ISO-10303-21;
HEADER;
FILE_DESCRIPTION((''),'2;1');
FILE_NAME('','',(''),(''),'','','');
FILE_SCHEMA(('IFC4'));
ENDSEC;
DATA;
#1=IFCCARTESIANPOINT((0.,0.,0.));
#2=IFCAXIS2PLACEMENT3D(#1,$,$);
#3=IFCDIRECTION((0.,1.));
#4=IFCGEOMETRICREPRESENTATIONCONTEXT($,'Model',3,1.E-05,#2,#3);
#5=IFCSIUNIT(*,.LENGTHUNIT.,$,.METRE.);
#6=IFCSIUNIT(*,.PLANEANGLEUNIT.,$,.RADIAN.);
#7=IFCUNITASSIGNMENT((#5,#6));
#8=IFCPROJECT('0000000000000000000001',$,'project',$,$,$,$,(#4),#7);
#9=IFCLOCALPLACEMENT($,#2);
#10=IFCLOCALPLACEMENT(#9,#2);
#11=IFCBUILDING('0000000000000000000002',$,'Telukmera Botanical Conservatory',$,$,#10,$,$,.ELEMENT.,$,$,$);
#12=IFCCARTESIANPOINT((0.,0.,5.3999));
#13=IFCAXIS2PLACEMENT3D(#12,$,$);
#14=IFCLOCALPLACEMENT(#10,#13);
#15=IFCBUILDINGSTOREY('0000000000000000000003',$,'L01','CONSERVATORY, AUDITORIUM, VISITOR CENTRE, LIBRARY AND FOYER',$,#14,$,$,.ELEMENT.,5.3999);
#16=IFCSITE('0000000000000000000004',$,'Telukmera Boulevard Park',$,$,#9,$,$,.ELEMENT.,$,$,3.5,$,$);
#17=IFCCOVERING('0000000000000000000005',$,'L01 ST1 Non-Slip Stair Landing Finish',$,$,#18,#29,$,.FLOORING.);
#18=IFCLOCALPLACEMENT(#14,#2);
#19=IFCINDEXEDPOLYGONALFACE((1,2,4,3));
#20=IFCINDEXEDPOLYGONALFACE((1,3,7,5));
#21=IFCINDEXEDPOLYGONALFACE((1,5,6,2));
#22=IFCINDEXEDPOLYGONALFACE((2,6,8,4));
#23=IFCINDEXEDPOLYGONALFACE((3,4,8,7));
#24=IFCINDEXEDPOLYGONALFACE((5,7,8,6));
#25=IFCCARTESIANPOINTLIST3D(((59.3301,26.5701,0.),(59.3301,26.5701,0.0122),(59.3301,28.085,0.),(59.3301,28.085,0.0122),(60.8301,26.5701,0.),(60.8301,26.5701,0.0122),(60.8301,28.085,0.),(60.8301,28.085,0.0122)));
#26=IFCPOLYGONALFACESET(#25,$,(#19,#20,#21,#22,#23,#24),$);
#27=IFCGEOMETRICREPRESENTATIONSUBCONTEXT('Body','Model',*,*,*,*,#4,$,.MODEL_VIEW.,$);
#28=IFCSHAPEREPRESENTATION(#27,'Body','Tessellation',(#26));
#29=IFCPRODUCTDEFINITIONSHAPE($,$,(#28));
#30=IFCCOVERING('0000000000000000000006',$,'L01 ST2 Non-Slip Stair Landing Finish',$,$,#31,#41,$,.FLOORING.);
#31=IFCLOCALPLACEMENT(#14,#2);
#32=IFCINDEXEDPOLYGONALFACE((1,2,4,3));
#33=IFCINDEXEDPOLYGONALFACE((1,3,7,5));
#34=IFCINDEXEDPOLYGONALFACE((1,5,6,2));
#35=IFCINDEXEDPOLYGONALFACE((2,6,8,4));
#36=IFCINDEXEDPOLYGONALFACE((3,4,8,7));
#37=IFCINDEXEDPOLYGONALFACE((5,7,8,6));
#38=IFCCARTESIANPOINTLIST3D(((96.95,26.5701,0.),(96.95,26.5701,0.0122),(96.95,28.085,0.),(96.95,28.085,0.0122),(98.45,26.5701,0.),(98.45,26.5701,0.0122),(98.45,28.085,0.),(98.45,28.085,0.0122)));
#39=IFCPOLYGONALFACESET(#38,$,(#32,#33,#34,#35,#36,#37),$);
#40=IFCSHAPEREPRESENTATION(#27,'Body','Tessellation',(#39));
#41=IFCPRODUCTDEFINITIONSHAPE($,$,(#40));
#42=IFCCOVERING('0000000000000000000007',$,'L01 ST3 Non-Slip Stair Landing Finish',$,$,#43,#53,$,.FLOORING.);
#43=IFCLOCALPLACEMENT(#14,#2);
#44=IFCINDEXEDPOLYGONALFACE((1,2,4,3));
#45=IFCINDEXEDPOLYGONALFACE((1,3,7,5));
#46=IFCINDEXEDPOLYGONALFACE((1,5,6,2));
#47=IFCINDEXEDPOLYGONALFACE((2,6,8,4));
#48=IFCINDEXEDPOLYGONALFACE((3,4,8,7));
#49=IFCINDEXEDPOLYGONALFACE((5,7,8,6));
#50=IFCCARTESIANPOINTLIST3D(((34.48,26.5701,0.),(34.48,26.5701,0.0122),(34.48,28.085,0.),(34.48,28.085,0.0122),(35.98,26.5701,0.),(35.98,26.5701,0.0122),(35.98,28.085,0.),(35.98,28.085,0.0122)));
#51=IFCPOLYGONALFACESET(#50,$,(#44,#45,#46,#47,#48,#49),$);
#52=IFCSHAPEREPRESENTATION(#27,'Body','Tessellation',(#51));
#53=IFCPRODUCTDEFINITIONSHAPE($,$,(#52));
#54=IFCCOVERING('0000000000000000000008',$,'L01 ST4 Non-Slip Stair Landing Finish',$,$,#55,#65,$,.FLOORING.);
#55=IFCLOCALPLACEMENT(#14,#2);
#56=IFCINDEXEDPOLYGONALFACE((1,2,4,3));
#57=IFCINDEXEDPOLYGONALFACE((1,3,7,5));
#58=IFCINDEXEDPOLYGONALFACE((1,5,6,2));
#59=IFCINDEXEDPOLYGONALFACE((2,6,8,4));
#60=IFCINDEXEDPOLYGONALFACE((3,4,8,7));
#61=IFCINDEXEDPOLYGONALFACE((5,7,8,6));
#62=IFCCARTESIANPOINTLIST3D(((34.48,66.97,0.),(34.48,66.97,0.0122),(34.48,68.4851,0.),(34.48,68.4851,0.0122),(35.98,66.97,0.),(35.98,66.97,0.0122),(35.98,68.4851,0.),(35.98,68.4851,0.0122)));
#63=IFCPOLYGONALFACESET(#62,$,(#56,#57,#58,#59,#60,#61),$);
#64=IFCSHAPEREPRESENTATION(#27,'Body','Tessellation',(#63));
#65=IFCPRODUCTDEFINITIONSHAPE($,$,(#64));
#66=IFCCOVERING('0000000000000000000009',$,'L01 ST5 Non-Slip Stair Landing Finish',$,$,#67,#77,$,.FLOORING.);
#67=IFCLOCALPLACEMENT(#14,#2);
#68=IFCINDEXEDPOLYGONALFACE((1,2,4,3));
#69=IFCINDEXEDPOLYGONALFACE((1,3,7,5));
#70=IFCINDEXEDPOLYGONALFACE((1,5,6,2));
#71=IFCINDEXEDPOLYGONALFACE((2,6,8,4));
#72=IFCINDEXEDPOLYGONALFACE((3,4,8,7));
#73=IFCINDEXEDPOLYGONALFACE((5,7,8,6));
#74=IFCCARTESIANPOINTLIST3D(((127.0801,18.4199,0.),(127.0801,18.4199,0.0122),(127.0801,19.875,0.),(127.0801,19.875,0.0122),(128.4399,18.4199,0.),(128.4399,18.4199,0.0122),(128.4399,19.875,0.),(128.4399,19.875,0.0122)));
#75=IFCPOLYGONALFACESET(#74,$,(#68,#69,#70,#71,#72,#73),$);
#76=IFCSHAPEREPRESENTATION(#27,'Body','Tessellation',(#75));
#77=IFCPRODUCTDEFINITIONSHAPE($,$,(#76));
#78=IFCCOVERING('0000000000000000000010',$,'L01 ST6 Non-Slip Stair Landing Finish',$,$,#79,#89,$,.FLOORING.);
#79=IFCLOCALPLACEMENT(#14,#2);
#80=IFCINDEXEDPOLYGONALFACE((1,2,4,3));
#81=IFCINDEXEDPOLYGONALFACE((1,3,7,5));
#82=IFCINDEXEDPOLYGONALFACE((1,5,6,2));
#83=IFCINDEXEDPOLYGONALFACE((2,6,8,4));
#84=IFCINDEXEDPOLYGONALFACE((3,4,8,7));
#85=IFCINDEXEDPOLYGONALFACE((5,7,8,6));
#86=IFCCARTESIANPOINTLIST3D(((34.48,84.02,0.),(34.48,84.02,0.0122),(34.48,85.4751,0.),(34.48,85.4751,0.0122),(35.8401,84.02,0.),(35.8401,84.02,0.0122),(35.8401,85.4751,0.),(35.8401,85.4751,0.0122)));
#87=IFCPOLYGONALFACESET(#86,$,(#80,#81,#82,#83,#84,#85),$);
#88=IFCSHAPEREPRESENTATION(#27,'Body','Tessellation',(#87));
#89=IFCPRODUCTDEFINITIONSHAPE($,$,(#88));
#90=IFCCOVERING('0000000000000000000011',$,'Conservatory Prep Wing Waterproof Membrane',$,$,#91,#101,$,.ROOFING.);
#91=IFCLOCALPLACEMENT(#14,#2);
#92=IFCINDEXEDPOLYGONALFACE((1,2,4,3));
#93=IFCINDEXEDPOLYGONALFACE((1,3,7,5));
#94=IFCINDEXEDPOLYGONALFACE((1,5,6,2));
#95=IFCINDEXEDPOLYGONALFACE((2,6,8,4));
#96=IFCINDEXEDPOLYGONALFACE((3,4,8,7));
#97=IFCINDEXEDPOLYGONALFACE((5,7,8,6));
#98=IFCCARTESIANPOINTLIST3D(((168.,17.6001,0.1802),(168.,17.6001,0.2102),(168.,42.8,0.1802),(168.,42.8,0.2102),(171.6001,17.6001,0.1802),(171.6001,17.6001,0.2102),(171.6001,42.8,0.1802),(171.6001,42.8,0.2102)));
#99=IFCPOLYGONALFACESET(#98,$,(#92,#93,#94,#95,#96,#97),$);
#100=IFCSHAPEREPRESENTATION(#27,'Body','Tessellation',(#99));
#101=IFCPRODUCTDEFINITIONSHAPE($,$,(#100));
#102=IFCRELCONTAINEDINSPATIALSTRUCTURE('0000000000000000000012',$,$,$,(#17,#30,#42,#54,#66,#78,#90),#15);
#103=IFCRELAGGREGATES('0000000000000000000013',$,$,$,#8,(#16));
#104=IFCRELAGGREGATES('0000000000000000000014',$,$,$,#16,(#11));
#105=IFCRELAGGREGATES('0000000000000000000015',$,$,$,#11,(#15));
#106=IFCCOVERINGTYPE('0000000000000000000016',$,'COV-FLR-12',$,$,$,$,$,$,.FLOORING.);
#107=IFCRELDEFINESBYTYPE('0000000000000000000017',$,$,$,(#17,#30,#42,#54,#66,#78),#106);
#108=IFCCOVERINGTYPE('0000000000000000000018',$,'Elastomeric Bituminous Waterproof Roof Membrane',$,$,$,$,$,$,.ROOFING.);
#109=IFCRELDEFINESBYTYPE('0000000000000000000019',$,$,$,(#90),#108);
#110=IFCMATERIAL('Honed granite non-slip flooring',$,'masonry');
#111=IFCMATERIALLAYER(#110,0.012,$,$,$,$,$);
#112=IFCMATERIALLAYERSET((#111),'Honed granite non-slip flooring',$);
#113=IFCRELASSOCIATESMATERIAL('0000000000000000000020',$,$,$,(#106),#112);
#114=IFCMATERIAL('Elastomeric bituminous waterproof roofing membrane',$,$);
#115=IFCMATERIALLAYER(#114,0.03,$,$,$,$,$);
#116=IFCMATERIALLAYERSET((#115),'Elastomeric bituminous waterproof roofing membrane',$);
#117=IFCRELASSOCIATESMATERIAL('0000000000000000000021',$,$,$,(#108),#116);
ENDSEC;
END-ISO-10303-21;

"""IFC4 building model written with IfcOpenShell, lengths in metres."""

from ifc_helpers import new_model, si_unit, direction, frame, origin, place, context, subcontext, project, spatial, polyline, outline, extrude, material, layer, layer_set, type_object, element, save


model = new_model("IFC4")

# Units and contexts
model_context = context("Model", 3, precision=1e-05, world=origin(), true_north=direction((0.0, 1.0)))
body_context = subcontext(model_context, "Body", "Model", "MODEL_VIEW")
ifc_project = project(units=[si_unit("LENGTHUNIT", "METRE"), si_unit("PLANEANGLEUNIT", "RADIAN")], contexts=[model_context])

# Site, building, storey
site_placement = place(None, origin())
site = spatial("IfcSite", under=ifc_project, at=site_placement, Name="Telukmera Boulevard Park", CompositionType="ELEMENT", RefElevation=3.5)
building_placement = place(site_placement, origin())
building = spatial("IfcBuilding", under=site, at=building_placement, Name="Telukmera Botanical Conservatory", CompositionType="ELEMENT")
storey_placement = place(building_placement, frame((0.0, 0.0, 5.3999)))
storey = spatial("IfcBuildingStorey", under=building, at=storey_placement, Name="L01", Description="CONSERVATORY, AUDITORIUM, VISITOR CENTRE, LIBRARY AND FOYER", CompositionType="ELEMENT", Elevation=5.3999)

# Coverings
ifc_material_1 = material(Name="Honed granite non-slip flooring", Category="masonry")
ifc_layer_1 = layer(ifc_material_1, 0.012)
ifc_layer_set_1 = layer_set([ifc_layer_1], Name="Honed granite non-slip flooring")
covering_type_1 = type_object("IfcCoveringType", Name="COV-FLR-12", PredefinedType="FLOORING", material=ifc_layer_set_1)
covering_1_placement = place(storey_placement, origin())
element("IfcCovering", 1, at=covering_1_placement, inside=storey, type_object=covering_type_1, Name="L01 ST1 Non-Slip Stair Landing Finish", PredefinedType="FLOORING", context=body_context, shape_type="SweptSolid", body=[
    extrude(outline(polyline([(60.8301, 26.5701), (60.8301, 28.085), (59.3301, 28.085), (59.3301, 26.5701), (60.8301, 26.5701)])), origin(), (0.0, 0.0, 1.0), 0.0122),
])
covering_2_placement = place(storey_placement, origin())
element("IfcCovering", 2, at=covering_2_placement, inside=storey, type_object=covering_type_1, Name="L01 ST2 Non-Slip Stair Landing Finish", PredefinedType="FLOORING", context=body_context, shape_type="SweptSolid", body=[
    extrude(outline(polyline([(98.45, 26.5701), (98.45, 28.085), (96.95, 28.085), (96.95, 26.5701), (98.45, 26.5701)])), origin(), (0.0, 0.0, 1.0), 0.0122),
])
covering_3_placement = place(storey_placement, origin())
element("IfcCovering", 3, at=covering_3_placement, inside=storey, type_object=covering_type_1, Name="L01 ST3 Non-Slip Stair Landing Finish", PredefinedType="FLOORING", context=body_context, shape_type="SweptSolid", body=[
    extrude(outline(polyline([(35.98, 26.5701), (35.98, 28.085), (34.48, 28.085), (34.48, 26.5701), (35.98, 26.5701)])), origin(), (0.0, 0.0, 1.0), 0.0122),
])
covering_4_placement = place(storey_placement, origin())
element("IfcCovering", 4, at=covering_4_placement, inside=storey, type_object=covering_type_1, Name="L01 ST4 Non-Slip Stair Landing Finish", PredefinedType="FLOORING", context=body_context, shape_type="SweptSolid", body=[
    extrude(outline(polyline([(35.98, 66.97), (35.98, 68.4851), (34.48, 68.4851), (34.48, 66.97), (35.98, 66.97)])), origin(), (0.0, 0.0, 1.0), 0.0122),
])
covering_5_placement = place(storey_placement, origin())
element("IfcCovering", 5, at=covering_5_placement, inside=storey, type_object=covering_type_1, Name="L01 ST5 Non-Slip Stair Landing Finish", PredefinedType="FLOORING", context=body_context, shape_type="SweptSolid", body=[
    extrude(outline(polyline([(128.4399, 18.4199), (128.4399, 19.875), (127.0801, 19.875), (127.0801, 18.4199), (128.4399, 18.4199)])), origin(), (0.0, 0.0, 1.0), 0.0122),
])
covering_6_placement = place(storey_placement, origin())
element("IfcCovering", 6, at=covering_6_placement, inside=storey, type_object=covering_type_1, Name="L01 ST6 Non-Slip Stair Landing Finish", PredefinedType="FLOORING", context=body_context, shape_type="SweptSolid", body=[
    extrude(outline(polyline([(35.8401, 84.02), (35.8401, 85.4751), (34.48, 85.4751), (34.48, 84.02), (35.8401, 84.02)])), origin(), (0.0, 0.0, 1.0), 0.0122),
])
ifc_material_2 = material(Name="Elastomeric bituminous waterproof roofing membrane")
ifc_layer_2 = layer(ifc_material_2, 0.03)
ifc_layer_set_2 = layer_set([ifc_layer_2], Name="Elastomeric bituminous waterproof roofing membrane")
covering_type_2 = type_object("IfcCoveringType", Name="Elastomeric Bituminous Waterproof Roof Membrane", PredefinedType="ROOFING", material=ifc_layer_set_2)
covering_7_placement = place(storey_placement, frame((0.0, 0.0, 0.1802)))
element("IfcCovering", 7, at=covering_7_placement, inside=storey, type_object=covering_type_2, Name="Conservatory Prep Wing Waterproof Membrane", PredefinedType="ROOFING", context=body_context, shape_type="SweptSolid", body=[
    extrude(outline(polyline([(168.0, 17.6001), (171.6001, 17.6001), (171.6001, 42.8), (168.0, 42.8), (168.0, 17.6001)])), origin(), (0.0, 0.0, 1.0), 0.03),
])

save(model, "model.ifc")
